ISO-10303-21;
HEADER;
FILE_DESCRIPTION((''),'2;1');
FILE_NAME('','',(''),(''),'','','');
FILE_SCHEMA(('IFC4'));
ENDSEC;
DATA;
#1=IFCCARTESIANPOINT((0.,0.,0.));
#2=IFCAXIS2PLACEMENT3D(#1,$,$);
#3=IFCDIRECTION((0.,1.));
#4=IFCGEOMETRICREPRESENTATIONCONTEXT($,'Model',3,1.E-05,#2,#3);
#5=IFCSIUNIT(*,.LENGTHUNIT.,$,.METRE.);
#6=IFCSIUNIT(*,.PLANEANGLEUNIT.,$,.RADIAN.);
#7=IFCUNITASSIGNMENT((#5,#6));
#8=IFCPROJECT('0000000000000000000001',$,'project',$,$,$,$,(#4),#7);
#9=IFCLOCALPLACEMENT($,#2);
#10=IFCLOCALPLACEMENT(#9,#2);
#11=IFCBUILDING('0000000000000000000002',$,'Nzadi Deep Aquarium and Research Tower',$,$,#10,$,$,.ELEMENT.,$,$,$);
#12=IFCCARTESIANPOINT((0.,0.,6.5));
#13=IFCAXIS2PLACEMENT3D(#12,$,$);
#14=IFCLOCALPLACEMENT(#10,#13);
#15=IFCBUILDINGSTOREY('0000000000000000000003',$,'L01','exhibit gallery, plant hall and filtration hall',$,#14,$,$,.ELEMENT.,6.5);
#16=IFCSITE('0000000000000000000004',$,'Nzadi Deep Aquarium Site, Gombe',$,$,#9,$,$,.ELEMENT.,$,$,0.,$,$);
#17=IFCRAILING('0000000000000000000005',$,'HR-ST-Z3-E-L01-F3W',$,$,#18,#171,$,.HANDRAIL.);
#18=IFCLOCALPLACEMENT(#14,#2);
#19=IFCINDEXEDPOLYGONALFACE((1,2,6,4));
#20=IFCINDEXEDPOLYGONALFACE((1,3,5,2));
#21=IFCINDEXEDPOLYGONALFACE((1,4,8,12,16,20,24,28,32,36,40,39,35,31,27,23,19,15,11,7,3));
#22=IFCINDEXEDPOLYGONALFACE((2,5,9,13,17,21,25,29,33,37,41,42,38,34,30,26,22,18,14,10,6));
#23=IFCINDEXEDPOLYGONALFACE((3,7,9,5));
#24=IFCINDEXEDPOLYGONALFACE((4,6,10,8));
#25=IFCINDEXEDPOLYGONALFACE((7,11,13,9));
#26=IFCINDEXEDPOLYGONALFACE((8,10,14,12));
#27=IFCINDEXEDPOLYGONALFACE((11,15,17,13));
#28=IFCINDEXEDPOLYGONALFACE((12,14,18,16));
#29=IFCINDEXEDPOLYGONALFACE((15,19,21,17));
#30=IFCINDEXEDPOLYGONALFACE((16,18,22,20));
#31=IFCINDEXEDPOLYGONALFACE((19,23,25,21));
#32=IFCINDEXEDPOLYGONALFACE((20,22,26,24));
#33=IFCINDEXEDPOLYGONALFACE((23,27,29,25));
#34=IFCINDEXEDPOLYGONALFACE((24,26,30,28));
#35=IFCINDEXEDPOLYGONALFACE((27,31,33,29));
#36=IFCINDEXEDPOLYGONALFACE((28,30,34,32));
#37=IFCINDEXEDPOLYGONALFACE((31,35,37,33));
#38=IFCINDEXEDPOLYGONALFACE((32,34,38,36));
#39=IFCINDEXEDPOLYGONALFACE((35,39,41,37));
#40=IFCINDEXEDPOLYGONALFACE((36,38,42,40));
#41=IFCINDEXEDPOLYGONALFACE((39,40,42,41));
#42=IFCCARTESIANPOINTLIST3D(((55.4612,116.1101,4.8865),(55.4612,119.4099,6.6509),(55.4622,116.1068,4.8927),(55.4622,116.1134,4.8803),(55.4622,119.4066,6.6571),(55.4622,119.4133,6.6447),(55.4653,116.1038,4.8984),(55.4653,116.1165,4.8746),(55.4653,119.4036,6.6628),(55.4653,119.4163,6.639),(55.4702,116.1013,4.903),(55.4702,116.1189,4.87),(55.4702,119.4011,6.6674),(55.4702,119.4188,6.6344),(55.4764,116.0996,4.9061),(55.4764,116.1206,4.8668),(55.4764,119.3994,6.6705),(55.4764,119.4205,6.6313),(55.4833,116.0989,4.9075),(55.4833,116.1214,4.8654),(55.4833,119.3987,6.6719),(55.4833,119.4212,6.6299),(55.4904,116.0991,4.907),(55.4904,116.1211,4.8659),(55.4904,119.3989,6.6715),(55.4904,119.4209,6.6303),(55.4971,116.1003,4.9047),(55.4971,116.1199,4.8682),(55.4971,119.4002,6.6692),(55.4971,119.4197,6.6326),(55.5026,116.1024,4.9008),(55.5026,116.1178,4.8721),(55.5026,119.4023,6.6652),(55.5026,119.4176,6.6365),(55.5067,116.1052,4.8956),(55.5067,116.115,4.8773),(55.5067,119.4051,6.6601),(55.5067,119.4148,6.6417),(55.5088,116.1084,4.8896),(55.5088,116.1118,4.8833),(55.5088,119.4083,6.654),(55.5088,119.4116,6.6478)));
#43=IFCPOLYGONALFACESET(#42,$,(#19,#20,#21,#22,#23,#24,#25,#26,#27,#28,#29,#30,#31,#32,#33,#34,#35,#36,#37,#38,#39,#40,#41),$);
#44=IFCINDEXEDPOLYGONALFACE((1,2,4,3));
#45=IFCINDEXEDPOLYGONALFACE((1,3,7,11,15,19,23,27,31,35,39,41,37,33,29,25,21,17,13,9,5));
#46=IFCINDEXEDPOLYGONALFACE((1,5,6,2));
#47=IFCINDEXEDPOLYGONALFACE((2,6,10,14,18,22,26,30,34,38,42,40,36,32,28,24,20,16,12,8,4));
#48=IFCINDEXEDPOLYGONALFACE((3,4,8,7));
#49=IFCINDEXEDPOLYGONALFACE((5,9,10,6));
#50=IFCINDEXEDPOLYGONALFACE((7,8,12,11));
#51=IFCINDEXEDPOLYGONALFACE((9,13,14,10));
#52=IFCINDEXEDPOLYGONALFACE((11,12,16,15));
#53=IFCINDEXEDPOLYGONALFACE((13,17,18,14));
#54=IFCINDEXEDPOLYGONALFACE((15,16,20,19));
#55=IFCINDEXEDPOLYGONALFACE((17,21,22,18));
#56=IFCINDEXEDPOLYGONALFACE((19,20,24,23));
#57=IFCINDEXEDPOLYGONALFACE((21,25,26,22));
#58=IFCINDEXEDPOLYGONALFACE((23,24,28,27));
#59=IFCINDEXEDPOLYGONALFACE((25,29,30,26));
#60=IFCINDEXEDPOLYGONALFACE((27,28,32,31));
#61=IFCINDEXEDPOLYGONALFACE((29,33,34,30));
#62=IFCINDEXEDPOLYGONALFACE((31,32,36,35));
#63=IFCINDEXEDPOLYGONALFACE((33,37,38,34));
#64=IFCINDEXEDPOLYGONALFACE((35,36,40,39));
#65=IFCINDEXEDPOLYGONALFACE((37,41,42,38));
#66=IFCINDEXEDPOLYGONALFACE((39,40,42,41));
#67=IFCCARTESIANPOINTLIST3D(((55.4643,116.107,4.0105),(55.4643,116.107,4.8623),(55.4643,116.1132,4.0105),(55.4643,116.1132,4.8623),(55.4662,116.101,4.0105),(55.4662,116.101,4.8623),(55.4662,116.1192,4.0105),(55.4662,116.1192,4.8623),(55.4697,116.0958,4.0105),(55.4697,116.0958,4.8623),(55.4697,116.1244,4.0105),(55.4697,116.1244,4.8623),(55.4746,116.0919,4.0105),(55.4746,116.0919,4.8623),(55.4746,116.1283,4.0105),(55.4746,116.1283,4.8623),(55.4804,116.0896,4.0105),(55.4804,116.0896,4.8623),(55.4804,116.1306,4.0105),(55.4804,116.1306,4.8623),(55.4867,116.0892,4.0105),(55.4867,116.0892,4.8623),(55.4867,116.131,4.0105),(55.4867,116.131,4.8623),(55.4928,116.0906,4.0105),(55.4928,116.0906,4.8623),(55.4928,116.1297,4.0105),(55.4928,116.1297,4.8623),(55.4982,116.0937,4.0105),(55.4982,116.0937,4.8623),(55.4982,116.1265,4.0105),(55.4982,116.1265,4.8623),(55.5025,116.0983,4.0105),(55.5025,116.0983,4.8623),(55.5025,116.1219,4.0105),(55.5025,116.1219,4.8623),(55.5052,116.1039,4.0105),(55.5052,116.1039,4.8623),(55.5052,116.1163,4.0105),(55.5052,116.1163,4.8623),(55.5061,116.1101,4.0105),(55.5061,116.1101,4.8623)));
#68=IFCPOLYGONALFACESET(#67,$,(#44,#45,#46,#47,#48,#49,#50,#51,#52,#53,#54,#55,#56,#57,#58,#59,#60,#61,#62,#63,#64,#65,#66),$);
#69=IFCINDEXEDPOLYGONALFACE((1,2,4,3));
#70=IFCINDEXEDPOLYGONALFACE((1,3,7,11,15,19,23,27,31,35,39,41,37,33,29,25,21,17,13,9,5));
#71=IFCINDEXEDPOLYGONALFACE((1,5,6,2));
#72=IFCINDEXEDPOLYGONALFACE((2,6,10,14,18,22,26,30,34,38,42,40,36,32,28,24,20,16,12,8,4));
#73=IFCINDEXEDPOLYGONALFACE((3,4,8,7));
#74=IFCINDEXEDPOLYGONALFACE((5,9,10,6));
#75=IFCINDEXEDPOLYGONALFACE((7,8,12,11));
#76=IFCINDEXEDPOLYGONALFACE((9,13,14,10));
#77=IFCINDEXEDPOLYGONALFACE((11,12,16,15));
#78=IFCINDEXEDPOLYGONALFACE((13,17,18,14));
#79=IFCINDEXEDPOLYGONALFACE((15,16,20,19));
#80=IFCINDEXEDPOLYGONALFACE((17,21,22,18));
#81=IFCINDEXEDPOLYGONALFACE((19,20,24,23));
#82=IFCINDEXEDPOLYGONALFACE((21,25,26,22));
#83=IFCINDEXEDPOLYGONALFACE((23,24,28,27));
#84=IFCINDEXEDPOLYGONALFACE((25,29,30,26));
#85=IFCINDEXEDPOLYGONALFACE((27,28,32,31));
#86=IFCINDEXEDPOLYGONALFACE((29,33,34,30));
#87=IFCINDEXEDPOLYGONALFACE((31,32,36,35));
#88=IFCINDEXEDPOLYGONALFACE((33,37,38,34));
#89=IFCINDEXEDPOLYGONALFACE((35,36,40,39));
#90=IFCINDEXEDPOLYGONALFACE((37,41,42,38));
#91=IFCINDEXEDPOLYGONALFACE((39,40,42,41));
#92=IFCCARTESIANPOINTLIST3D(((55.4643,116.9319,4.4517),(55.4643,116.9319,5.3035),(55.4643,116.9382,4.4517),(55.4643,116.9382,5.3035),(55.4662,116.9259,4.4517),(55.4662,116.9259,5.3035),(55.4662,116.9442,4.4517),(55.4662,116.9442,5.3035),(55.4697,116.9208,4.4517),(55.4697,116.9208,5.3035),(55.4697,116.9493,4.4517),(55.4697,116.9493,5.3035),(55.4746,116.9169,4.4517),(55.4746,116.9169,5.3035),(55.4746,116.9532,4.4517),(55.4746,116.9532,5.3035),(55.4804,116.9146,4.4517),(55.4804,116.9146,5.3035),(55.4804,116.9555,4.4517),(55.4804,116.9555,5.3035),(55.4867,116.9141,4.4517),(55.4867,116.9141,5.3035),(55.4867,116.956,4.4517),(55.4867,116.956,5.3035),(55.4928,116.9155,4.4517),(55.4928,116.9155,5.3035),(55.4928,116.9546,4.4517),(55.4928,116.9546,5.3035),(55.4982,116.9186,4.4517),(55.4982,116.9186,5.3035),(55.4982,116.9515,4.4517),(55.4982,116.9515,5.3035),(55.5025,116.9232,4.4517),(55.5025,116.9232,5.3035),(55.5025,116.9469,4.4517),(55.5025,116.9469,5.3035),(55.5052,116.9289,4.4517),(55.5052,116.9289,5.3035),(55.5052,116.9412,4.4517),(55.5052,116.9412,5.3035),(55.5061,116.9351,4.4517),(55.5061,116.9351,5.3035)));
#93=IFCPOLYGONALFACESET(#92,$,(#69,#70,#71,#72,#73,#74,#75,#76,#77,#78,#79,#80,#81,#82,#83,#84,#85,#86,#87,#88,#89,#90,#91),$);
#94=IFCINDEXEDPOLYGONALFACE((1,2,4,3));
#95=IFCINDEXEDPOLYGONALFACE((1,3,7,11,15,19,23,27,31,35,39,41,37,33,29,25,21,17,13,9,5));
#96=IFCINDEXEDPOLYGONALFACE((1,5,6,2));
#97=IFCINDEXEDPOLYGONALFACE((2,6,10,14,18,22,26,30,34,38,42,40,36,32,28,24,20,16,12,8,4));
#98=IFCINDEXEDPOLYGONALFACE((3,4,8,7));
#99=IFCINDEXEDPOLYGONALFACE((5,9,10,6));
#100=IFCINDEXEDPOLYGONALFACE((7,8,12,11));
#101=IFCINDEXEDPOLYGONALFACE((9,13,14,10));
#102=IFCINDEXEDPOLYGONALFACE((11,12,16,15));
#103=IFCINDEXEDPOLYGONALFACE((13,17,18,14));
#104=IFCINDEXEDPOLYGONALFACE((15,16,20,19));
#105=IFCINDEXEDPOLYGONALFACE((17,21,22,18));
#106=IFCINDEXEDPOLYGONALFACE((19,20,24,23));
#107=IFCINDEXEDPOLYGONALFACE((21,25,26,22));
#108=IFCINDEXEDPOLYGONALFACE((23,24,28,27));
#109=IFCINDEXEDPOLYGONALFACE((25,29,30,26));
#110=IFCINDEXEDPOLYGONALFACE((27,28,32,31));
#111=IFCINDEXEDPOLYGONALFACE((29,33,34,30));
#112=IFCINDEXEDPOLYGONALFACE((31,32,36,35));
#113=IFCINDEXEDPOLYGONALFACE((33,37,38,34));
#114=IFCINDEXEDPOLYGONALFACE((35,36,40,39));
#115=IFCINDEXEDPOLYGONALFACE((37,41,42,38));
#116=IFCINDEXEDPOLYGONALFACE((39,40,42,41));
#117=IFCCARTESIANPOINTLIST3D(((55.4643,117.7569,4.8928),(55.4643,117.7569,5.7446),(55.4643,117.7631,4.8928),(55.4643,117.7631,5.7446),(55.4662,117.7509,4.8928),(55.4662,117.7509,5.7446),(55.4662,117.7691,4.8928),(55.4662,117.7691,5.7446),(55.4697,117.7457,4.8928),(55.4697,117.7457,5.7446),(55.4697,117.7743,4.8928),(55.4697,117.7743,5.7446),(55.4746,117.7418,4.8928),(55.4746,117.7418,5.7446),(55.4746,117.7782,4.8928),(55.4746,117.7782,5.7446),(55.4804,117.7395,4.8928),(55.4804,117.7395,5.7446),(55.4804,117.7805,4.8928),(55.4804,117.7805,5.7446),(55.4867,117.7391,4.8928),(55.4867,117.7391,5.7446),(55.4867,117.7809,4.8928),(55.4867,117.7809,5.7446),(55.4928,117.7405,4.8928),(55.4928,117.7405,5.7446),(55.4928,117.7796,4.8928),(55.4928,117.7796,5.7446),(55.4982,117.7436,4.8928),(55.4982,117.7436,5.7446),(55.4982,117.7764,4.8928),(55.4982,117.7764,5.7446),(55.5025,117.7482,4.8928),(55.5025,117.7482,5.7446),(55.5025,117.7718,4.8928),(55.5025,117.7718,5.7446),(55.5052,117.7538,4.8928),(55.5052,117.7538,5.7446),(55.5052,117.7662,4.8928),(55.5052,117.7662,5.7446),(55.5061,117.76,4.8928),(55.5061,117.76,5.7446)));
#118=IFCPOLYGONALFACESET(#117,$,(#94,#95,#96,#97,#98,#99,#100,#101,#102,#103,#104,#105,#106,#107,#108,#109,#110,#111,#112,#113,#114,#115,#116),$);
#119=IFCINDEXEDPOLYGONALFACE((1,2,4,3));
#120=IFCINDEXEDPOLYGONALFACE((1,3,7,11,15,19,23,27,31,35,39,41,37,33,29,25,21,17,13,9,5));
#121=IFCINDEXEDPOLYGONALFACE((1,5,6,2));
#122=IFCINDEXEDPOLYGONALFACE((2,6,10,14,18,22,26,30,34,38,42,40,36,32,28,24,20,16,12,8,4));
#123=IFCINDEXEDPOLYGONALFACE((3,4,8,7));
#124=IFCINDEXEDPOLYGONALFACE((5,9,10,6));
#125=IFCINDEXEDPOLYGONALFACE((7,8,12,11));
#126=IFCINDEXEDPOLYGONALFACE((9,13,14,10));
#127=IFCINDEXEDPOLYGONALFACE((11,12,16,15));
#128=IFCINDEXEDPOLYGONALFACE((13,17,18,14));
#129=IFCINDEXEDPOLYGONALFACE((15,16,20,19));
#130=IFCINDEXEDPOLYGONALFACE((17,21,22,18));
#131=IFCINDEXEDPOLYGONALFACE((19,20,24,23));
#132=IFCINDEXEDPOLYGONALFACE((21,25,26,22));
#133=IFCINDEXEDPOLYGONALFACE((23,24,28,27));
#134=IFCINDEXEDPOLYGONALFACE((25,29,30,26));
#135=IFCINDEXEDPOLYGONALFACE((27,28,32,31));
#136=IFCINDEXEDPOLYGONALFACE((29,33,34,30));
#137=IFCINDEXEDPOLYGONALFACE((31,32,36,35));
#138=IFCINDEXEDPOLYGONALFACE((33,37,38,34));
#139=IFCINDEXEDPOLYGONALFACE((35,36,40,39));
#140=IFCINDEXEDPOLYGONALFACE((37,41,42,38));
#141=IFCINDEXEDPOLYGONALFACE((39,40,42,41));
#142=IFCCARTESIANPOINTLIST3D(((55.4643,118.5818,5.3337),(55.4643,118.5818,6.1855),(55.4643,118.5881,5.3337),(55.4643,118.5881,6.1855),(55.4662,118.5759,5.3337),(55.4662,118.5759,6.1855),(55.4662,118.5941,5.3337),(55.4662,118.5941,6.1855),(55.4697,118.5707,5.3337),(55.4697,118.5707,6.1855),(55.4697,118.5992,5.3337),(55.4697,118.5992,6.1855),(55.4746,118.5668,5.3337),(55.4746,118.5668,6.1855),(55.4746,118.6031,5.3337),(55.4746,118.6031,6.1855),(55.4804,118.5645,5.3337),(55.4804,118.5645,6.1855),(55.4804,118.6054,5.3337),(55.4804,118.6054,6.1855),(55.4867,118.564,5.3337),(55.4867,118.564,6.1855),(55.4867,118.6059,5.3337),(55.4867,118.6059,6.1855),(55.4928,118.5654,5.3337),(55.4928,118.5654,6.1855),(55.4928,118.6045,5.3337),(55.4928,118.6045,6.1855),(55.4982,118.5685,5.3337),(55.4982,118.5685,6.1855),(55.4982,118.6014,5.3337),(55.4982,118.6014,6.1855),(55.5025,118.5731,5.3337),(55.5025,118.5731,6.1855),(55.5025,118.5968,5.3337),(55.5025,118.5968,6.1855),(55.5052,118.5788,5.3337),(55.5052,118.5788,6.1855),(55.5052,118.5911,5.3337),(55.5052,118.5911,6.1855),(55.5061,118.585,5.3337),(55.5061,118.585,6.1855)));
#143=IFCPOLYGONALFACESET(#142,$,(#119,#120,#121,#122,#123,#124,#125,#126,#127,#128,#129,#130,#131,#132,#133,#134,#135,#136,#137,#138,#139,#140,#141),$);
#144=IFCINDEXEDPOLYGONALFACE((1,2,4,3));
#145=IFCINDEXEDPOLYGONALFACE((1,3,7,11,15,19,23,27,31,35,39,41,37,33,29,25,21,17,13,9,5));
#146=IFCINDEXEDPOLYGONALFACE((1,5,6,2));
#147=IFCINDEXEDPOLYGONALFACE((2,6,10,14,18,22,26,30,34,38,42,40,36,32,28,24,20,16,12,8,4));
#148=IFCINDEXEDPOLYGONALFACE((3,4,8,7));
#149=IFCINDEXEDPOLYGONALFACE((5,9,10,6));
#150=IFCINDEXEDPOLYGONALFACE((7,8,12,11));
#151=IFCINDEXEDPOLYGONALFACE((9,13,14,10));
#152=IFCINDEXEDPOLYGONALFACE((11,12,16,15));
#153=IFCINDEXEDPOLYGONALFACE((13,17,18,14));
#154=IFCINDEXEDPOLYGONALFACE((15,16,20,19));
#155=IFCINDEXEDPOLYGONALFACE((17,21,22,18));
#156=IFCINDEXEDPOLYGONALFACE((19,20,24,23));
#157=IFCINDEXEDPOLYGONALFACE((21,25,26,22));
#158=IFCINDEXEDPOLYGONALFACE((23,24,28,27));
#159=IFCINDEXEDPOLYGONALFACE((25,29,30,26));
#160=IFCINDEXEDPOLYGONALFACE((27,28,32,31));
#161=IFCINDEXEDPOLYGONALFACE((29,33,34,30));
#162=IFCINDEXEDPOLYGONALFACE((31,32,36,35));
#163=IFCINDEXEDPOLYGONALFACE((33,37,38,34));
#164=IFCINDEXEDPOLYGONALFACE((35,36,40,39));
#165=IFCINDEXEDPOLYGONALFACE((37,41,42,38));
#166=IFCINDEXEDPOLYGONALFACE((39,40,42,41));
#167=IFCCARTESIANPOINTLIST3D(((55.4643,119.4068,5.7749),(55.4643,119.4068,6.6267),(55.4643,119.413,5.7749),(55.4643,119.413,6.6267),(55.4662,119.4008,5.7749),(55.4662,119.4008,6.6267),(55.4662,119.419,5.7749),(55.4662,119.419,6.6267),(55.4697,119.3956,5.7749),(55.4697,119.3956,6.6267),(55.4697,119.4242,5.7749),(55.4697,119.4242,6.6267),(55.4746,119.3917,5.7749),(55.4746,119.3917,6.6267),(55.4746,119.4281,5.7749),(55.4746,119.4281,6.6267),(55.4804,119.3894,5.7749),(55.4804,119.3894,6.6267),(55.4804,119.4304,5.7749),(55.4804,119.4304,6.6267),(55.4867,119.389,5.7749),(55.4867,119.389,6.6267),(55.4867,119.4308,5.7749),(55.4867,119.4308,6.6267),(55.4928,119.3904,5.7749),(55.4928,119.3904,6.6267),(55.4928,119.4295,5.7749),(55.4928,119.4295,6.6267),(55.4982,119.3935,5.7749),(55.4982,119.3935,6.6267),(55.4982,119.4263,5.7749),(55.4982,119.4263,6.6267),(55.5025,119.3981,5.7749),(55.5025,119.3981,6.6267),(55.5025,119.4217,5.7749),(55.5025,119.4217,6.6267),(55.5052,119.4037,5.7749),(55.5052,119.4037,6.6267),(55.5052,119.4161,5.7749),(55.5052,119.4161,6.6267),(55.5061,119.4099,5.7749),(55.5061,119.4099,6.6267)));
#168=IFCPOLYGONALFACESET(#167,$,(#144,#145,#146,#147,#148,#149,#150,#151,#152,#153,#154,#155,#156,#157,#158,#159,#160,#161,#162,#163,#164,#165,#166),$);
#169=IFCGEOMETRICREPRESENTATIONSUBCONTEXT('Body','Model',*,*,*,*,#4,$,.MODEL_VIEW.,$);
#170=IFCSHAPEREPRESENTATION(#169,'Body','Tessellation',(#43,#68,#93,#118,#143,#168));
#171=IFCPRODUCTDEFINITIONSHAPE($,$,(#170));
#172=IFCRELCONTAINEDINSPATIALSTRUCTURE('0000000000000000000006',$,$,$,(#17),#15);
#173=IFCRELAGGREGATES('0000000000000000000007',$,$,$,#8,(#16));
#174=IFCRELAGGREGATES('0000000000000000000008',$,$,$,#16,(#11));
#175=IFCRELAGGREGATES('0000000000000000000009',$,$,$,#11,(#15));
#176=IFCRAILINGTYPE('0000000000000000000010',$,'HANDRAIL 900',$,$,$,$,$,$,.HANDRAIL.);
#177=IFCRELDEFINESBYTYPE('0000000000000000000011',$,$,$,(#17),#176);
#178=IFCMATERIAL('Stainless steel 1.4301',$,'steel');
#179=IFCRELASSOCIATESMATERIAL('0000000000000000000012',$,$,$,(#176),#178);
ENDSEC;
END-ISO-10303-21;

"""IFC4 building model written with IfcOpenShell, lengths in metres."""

from ifc_helpers import new_model, si_unit, direction, frame, origin, origin_2d, place, context, subcontext, project, spatial, circle, extrude, material, type_object, element, save


model = new_model("IFC4")

# Units and contexts
model_context = context("Model", 3, precision=1e-05, world=origin(), true_north=direction((0.0, 1.0)))
body_context = subcontext(model_context, "Body", "Model", "MODEL_VIEW")
ifc_project = project(units=[si_unit("LENGTHUNIT", "METRE"), si_unit("PLANEANGLEUNIT", "RADIAN")], contexts=[model_context])

# Site, building, storey
site_placement = place(None, origin())
site = spatial("IfcSite", under=ifc_project, at=site_placement, Name="Nzadi Deep Aquarium Site, Gombe", CompositionType="ELEMENT", RefElevation=0.0)
building_placement = place(site_placement, origin())
building = spatial("IfcBuilding", under=site, at=building_placement, Name="Nzadi Deep Aquarium and Research Tower", CompositionType="ELEMENT")
storey_placement = place(building_placement, frame((0.0, 0.0, 6.5)))
storey = spatial("IfcBuildingStorey", under=building, at=storey_placement, Name="L01", Description="exhibit gallery, plant hall and filtration hall", CompositionType="ELEMENT", Elevation=6.5)

# Railing
ifc_material_1 = material(Name="Stainless steel 1.4301", Category="steel")
railing_type = type_object("IfcRailingType", Name="HANDRAIL 900", PredefinedType="HANDRAIL", material=ifc_material_1)
for number, where, name in (
    (1, (55.4851, 116.1101, 4.0105), "HR-ST-Z3-E-L01-F3W"),
):
    element("IfcRailing", number, at=place(storey_placement, frame(where)), inside=storey, type_object=railing_type, Name=name, PredefinedType="HANDRAIL", context=body_context, shape_type="SweptSolid", body=[
        extrude(circle(Radius=0.0239, at=origin_2d()), frame((0.0, 0.0, 0.876), z_axis=(0.0, 0.881852, 0.471526), x_axis=(-1.0, 0.0, 0.0)), (0.0, 0.0, 1.0), 3.7419),
        extrude(circle(Radius=0.021, at=origin_2d()), origin(), (0.0, 0.0, 1.0), 0.8518),
        extrude(circle(Radius=0.021, at=origin_2d()), frame((0.0, 0.825, 0.4412)), (0.0, 0.0, 1.0), 0.8518),
        extrude(circle(Radius=0.021, at=origin_2d()), frame((0.0, 1.6499, 0.8823)), (0.0, 0.0, 1.0), 0.8518),
        extrude(circle(Radius=0.021, at=origin_2d()), frame((0.0, 2.4749, 1.3232)), (0.0, 0.0, 1.0), 0.8518),
        extrude(circle(Radius=0.021, at=origin_2d()), frame((0.0, 3.2998, 1.7644)), (0.0, 0.0, 1.0), 0.8518),
    ])

save(model, "model.ifc")
